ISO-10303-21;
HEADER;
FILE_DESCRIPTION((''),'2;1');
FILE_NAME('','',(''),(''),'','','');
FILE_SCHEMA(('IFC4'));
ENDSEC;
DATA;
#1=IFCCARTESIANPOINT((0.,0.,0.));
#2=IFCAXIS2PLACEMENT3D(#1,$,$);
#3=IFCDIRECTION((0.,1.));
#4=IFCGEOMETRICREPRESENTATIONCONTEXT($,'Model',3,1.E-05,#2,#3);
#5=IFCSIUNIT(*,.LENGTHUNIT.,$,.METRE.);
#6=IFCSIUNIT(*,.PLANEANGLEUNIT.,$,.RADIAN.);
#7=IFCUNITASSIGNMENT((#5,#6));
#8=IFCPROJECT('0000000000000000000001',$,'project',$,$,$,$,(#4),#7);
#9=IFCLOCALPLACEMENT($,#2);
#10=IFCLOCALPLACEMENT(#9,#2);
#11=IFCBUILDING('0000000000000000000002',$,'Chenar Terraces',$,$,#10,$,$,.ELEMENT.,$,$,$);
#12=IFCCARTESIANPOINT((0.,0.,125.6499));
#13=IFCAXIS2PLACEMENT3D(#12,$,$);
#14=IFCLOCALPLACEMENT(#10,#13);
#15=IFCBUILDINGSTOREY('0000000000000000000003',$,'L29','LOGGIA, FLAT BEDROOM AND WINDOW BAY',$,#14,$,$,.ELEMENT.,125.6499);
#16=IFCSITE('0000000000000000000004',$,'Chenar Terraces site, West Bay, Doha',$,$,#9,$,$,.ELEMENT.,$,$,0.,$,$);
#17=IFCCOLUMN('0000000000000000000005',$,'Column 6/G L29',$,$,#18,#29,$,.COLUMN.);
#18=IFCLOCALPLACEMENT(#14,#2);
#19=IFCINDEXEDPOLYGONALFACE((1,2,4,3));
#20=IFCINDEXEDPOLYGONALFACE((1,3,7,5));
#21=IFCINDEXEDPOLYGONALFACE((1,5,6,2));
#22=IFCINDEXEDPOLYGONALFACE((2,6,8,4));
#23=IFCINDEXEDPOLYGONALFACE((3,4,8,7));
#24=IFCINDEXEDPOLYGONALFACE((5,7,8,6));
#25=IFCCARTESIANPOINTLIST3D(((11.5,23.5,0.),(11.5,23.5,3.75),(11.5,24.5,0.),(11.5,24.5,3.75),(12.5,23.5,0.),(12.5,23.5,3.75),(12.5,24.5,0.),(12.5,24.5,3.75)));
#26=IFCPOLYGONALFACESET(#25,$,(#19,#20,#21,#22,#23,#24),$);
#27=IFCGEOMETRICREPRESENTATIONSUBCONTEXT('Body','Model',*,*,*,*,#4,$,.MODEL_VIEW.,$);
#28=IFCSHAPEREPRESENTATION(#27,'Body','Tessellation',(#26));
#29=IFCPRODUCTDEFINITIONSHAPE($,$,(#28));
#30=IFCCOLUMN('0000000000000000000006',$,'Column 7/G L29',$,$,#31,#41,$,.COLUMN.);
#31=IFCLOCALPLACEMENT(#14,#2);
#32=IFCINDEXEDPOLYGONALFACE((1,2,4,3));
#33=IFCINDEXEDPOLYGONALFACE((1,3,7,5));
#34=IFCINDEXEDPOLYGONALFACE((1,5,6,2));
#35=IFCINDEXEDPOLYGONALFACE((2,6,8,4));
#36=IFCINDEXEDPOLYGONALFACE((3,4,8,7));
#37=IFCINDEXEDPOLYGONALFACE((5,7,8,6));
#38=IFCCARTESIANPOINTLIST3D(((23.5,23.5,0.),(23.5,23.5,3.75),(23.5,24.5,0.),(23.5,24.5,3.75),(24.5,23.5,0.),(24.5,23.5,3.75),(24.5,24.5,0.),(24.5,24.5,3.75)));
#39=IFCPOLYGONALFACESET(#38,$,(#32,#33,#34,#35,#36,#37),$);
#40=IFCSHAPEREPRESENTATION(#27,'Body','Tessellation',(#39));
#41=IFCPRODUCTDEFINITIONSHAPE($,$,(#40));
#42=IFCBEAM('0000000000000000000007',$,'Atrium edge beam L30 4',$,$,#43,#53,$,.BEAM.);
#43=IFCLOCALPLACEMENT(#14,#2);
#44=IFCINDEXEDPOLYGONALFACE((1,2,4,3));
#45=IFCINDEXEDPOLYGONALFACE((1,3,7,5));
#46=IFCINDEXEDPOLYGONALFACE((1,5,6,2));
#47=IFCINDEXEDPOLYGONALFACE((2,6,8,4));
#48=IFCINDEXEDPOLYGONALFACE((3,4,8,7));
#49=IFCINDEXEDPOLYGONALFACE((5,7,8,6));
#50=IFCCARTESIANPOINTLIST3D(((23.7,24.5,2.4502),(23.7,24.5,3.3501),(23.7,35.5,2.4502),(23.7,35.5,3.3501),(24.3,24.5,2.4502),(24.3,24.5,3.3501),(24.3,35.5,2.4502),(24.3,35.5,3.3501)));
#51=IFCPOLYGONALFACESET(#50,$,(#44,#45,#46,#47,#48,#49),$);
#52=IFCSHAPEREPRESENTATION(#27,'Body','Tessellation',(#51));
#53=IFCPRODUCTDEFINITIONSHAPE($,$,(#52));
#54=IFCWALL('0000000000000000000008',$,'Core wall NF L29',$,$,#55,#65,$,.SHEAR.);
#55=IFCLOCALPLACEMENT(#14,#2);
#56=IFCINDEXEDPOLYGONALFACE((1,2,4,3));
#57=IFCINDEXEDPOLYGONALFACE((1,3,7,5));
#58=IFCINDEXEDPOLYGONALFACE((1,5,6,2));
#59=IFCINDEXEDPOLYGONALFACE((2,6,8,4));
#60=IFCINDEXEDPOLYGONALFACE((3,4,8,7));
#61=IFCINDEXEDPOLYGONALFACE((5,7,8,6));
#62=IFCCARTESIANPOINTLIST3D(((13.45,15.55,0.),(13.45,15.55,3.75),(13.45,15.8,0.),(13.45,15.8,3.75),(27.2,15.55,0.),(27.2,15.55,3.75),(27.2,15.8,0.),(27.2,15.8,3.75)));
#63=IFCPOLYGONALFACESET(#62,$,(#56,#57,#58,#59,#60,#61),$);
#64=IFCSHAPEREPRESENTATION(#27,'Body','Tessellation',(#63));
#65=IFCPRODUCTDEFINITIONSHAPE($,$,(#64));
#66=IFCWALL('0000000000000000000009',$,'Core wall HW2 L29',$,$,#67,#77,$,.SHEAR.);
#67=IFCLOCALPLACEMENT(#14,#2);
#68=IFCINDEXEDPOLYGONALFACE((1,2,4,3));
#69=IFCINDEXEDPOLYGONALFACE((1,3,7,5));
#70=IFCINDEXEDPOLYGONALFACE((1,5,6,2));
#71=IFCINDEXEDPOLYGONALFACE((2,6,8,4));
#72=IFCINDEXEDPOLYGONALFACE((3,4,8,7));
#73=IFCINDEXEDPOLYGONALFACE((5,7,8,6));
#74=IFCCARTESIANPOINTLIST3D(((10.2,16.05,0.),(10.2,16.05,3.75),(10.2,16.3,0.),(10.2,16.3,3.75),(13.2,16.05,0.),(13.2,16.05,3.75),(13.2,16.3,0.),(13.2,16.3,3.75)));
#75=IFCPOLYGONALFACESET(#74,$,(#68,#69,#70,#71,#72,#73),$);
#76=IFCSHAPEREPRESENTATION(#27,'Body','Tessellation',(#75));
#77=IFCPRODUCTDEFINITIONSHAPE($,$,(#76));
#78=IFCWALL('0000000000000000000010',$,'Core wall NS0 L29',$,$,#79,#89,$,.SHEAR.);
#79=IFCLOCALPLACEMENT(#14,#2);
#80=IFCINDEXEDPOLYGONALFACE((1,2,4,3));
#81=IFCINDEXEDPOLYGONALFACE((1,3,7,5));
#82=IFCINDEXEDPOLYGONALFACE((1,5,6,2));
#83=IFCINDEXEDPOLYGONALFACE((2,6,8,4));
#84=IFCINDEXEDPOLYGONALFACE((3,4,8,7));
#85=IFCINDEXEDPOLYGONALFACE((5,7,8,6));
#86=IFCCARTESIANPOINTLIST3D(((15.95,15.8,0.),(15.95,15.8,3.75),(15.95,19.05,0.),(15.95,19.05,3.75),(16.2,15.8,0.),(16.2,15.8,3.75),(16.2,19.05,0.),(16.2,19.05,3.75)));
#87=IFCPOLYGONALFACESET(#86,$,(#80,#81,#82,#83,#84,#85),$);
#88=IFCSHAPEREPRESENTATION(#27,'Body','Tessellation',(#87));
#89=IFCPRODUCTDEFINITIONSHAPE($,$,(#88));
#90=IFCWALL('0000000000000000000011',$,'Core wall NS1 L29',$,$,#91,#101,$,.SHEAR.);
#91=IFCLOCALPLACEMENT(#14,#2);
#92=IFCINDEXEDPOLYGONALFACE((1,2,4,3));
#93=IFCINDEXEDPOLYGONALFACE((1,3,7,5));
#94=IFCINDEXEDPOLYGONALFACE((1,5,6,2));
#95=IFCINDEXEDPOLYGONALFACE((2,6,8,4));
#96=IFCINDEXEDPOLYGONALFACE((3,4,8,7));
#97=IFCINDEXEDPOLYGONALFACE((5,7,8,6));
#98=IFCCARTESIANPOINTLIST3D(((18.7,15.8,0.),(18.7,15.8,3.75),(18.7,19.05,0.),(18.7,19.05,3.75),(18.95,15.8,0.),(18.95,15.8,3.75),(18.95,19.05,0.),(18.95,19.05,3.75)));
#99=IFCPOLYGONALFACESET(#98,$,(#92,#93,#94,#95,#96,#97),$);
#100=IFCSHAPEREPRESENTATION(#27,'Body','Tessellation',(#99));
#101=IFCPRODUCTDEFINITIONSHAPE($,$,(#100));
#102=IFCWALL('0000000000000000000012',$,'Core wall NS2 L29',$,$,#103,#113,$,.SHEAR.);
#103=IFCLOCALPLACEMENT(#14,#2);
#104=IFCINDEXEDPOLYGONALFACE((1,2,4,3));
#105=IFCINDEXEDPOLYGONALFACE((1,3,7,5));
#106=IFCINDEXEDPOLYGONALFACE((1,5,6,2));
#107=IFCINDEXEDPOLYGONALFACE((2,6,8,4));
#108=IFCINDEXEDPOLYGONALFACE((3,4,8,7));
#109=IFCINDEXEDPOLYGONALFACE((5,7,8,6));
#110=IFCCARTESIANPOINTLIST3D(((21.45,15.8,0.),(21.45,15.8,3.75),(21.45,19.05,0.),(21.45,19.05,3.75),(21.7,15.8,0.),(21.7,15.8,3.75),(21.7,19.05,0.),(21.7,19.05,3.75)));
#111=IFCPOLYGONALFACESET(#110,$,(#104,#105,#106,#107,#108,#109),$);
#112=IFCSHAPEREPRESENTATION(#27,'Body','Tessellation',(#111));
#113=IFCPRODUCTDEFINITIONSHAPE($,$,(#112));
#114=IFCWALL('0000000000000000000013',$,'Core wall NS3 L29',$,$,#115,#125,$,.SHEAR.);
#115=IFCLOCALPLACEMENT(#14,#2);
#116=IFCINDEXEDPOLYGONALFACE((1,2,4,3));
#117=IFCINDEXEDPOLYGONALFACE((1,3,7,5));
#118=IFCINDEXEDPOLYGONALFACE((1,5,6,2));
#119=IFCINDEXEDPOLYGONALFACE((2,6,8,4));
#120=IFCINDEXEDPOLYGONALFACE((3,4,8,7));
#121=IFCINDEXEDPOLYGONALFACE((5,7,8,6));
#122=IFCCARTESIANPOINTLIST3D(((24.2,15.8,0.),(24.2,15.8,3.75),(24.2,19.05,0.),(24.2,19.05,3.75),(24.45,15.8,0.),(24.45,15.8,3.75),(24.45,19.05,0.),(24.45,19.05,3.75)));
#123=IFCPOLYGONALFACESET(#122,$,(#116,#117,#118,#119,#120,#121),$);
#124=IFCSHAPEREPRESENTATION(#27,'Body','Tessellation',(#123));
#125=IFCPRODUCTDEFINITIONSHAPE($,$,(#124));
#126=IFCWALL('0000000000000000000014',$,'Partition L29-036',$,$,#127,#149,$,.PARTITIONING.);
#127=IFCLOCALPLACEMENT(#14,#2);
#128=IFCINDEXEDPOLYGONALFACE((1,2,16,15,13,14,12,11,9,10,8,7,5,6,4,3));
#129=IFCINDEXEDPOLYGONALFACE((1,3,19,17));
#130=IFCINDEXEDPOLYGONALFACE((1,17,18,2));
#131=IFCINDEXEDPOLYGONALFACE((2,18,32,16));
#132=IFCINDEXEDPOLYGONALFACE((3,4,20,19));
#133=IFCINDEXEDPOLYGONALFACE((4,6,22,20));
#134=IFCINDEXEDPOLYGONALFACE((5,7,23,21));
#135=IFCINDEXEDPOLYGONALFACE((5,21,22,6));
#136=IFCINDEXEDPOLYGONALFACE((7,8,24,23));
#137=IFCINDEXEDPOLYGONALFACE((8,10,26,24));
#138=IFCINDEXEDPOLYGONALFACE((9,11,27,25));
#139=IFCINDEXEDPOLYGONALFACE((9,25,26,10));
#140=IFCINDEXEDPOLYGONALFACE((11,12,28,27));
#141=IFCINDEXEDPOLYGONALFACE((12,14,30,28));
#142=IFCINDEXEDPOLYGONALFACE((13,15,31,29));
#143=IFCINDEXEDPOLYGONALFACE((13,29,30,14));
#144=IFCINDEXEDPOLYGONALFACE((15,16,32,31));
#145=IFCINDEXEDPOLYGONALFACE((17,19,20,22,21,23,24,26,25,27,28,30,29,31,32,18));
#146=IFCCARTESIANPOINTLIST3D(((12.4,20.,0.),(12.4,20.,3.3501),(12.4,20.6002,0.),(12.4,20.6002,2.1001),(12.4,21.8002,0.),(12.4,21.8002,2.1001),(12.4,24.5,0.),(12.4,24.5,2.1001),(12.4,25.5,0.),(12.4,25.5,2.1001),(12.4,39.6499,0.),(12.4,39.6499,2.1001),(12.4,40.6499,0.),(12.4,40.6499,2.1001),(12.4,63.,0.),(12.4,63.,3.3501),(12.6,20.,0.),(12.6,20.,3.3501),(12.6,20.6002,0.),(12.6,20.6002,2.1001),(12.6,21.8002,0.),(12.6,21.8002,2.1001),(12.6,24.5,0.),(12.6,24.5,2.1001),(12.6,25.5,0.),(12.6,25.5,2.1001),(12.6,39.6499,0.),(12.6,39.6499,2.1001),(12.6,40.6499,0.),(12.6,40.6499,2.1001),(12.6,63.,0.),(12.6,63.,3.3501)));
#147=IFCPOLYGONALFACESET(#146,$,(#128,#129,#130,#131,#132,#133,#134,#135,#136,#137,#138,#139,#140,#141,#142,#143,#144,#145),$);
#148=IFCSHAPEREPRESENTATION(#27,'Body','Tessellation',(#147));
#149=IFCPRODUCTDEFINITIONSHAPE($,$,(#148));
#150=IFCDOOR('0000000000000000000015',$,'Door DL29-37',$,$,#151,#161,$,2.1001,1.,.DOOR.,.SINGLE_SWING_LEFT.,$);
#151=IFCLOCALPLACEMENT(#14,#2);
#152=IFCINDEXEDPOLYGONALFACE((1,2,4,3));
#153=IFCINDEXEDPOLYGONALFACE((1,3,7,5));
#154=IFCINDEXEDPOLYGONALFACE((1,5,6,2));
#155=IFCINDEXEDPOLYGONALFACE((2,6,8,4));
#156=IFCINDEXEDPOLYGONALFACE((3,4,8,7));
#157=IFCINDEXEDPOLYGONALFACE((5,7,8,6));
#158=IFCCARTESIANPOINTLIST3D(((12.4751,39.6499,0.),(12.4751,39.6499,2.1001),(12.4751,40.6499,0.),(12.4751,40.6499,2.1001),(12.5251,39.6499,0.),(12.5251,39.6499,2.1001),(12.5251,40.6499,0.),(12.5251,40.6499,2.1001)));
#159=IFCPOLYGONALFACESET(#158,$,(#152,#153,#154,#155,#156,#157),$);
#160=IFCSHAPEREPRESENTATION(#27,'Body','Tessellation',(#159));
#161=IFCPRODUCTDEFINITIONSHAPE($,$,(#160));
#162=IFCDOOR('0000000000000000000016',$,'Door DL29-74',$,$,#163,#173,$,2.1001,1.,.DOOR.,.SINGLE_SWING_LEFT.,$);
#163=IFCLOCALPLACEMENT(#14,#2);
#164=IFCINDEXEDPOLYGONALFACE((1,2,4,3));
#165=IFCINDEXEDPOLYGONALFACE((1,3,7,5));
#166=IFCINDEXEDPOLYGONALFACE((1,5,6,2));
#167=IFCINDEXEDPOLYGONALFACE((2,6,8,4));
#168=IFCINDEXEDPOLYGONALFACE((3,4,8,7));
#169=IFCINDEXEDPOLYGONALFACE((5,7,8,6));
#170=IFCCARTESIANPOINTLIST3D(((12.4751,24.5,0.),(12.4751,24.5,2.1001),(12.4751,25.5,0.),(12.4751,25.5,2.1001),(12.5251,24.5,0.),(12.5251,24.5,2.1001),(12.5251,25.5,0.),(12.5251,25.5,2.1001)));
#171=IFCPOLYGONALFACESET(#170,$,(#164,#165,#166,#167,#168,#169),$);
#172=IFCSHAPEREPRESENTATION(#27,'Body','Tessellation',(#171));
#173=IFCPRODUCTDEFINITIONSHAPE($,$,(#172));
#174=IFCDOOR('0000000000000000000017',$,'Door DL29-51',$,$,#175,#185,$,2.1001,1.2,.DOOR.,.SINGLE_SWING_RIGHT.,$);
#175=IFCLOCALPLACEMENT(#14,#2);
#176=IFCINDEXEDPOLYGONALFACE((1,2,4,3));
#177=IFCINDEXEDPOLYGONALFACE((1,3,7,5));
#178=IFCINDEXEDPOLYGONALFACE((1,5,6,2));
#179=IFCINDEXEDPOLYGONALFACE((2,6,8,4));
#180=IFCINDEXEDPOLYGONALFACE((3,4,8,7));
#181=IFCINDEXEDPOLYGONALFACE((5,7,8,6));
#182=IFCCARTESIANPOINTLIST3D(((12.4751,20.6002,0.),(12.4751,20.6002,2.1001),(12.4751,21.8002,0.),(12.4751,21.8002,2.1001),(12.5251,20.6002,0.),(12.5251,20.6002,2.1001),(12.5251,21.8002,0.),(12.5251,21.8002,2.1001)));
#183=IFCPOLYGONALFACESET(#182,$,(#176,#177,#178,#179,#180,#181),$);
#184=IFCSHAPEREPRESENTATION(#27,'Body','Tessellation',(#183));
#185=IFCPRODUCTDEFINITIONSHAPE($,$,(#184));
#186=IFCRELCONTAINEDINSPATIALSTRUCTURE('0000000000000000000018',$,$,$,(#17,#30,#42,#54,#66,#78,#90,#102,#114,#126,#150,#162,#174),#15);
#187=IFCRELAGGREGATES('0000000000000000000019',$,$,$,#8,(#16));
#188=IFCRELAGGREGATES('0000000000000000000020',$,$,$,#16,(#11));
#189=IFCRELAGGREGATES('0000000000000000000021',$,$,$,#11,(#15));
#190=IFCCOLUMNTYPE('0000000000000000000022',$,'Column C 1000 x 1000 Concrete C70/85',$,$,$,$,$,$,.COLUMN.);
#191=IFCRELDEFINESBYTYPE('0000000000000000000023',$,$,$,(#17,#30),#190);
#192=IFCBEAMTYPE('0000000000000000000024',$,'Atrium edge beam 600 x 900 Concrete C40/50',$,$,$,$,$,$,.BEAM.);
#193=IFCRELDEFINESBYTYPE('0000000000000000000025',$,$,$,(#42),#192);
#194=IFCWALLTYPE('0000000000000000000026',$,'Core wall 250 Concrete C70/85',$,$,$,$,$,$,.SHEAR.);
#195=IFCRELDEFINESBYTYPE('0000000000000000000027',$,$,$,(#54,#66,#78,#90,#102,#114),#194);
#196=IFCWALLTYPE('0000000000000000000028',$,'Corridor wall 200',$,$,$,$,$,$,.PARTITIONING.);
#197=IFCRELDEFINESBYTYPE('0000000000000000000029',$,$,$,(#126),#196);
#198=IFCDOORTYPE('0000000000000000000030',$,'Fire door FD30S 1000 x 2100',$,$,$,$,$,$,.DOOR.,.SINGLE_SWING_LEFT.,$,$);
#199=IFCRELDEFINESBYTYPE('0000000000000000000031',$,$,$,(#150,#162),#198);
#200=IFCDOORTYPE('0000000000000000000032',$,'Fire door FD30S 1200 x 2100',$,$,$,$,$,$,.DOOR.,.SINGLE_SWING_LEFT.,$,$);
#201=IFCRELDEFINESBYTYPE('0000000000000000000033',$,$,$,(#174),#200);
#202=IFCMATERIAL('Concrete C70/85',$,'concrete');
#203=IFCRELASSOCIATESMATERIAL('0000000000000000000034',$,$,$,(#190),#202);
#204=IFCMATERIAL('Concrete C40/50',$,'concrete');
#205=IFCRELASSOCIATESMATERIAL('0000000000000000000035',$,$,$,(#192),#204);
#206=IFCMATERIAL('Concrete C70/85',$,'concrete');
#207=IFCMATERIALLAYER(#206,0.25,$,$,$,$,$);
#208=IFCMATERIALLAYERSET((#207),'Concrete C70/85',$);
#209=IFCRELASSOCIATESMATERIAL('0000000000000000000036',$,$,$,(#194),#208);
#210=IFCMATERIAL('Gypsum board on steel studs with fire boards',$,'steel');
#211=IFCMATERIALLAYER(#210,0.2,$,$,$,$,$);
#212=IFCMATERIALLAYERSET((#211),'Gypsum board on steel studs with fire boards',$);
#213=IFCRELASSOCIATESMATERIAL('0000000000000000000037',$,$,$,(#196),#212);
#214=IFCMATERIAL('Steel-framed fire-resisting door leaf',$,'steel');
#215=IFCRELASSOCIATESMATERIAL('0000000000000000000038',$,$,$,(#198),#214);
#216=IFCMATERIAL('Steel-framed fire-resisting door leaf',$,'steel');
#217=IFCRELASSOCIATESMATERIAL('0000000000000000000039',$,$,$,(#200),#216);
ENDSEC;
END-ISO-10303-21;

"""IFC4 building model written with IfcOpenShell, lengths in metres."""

from ifc_helpers import new_model, si_unit, direction, frame, frame_2d, origin, origin_2d, place, context, subcontext, project, spatial, rectangle, extrude, material, layer, layer_set, material_profile, profile_set, type_object, element, fill, save


model = new_model("IFC4")

# Units and contexts
model_context = context("Model", 3, precision=1e-05, world=origin(), true_north=direction((0.0, 1.0)))
body_context = subcontext(model_context, "Body", "Model", "MODEL_VIEW")
ifc_project = project(units=[si_unit("LENGTHUNIT", "METRE"), si_unit("PLANEANGLEUNIT", "RADIAN")], contexts=[model_context])

# Site, building, storey
site_placement = place(None, origin())
site = spatial("IfcSite", under=ifc_project, at=site_placement, Name="Chenar Terraces site, West Bay, Doha", CompositionType="ELEMENT", RefElevation=0.0)
building_placement = place(site_placement, origin())
building = spatial("IfcBuilding", under=site, at=building_placement, Name="Chenar Terraces", CompositionType="ELEMENT")
storey_placement = place(building_placement, frame((0.0, 0.0, 125.6499)))
storey = spatial("IfcBuildingStorey", under=building, at=storey_placement, Name="L29", Description="LOGGIA, FLAT BEDROOM AND WINDOW BAY", CompositionType="ELEMENT", Elevation=125.6499)

# Columns
ifc_material_1 = material(Name="Concrete C70/85", Category="concrete")
ifc_material_profile_1 = material_profile(ifc_material_1, rectangle(XDim=1.0, YDim=1.0, at=origin_2d()), Name="C 1000 x 1000")
ifc_profile_set_1 = profile_set([ifc_material_profile_1], Name="Concrete C70/85")
column_type = type_object("IfcColumnType", Name="Column C 1000 x 1000 Concrete C70/85", PredefinedType="COLUMN", material=ifc_profile_set_1)
for number, where, z_axis, x_axis, name in (
    (1, (12.0, 24.0, 0.0), (0.0, 0.0, 1.0), (1.0, 0.0, 0.0), "Column 6/G L29"),
    (2, (24.0, 24.0, 0.0), (0.0, 0.0, 1.0), (1.0, 0.0, 0.0), "Column 7/G L29"),
):
    element("IfcColumn", number, at=place(storey_placement, frame(where, z_axis=z_axis, x_axis=x_axis)), inside=storey, type_object=column_type, Name=name, PredefinedType="COLUMN", context=body_context, shape_type="SweptSolid", body=[
        extrude(rectangle(XDim=1.0, YDim=1.0, at=origin_2d()), origin(), (0.0, 0.0, 1.0), 3.75),
    ])

# Beam
ifc_material_2 = material(Name="Concrete C40/50", Category="concrete")
ifc_material_profile_2 = material_profile(ifc_material_2, rectangle(XDim=0.6001, YDim=0.8999, at=origin_2d()), Name="RC 600 x 900")
ifc_profile_set_2 = profile_set([ifc_material_profile_2], Name="Concrete C40/50")
beam_type = type_object("IfcBeamType", Name="Atrium edge beam 600 x 900 Concrete C40/50", PredefinedType="BEAM", material=ifc_profile_set_2)
beam_placement = place(storey_placement, frame((24.0, 35.5, 2.9001), z_axis=(0.0, -1.0, 0.0), x_axis=(1.0, 0.0, 0.0)))
element("IfcBeam", 3, at=beam_placement, inside=storey, type_object=beam_type, Name="Atrium edge beam L30 4", PredefinedType="BEAM", context=body_context, shape_type="SweptSolid", body=[
    extrude(rectangle(XDim=0.6001, YDim=0.8999, at=origin_2d()), origin(), (0.0, 0.0, 1.0), 11.0),
])

# Walls
ifc_material_3 = material(Name="Concrete C70/85", Category="concrete")
ifc_layer_1 = layer(ifc_material_3, 0.25)
ifc_layer_set_1 = layer_set([ifc_layer_1], Name="Concrete C70/85")
wall_type_1 = type_object("IfcWallType", Name="Core wall 250 Concrete C70/85", PredefinedType="SHEAR", material=ifc_layer_set_1)
wall_1_placement = place(storey_placement, frame((13.45, 15.675, 0.0), z_axis=(0.0, 0.0, 1.0), x_axis=(1.0, 0.0, 0.0)))
element("IfcWall", 4, at=wall_1_placement, inside=storey, type_object=wall_type_1, Name="Core wall NF L29", PredefinedType="SHEAR", context=body_context, shape_type="SweptSolid", body=[
    extrude(rectangle(XDim=13.75, YDim=0.25, at=frame_2d((6.875, 0.0))), origin(), (0.0, 0.0, 1.0), 3.75),
])
wall_2_placement = place(storey_placement, frame((10.2, 16.175, 0.0), z_axis=(0.0, 0.0, 1.0), x_axis=(1.0, 0.0, 0.0)))
element("IfcWall", 5, at=wall_2_placement, inside=storey, type_object=wall_type_1, Name="Core wall HW2 L29", PredefinedType="SHEAR", context=body_context, shape_type="SweptSolid", body=[
    extrude(rectangle(XDim=3.0, YDim=0.25, at=frame_2d((1.5, 0.0))), origin(), (0.0, 0.0, 1.0), 3.75),
])
for number, where, z_axis, x_axis, name in (
    (6, (16.075, 15.8, 0.0), (0.0, 0.0, 1.0), (0.0, 1.0, 0.0), "Core wall NS0 L29"),
    (7, (18.825, 15.8, 0.0), (0.0, 0.0, 1.0), (0.0, 1.0, 0.0), "Core wall NS1 L29"),
    (8, (21.575, 15.8, 0.0), (0.0, 0.0, 1.0), (0.0, 1.0, 0.0), "Core wall NS2 L29"),
    (9, (24.325, 15.8, 0.0), (0.0, 0.0, 1.0), (0.0, 1.0, 0.0), "Core wall NS3 L29"),
):
    element("IfcWall", number, at=place(storey_placement, frame(where, z_axis=z_axis, x_axis=x_axis)), inside=storey, type_object=wall_type_1, Name=name, PredefinedType="SHEAR", context=body_context, shape_type="SweptSolid", body=[
        extrude(rectangle(XDim=3.25, YDim=0.25, at=frame_2d((1.625, 0.0))), origin(), (0.0, 0.0, 1.0), 3.75),
    ])

# Wall, openings, doors
ifc_material_4 = material(Name="Gypsum board on steel studs with fire boards", Category="steel")
ifc_layer_2 = layer(ifc_material_4, 0.2)
ifc_layer_set_2 = layer_set([ifc_layer_2], Name="Gypsum board on steel studs with fire boards")
wall_type_2 = type_object("IfcWallType", Name="Corridor wall 200", PredefinedType="PARTITIONING", material=ifc_layer_set_2)
wall_3_placement = place(storey_placement, frame((12.5, 20.0, 0.0), z_axis=(0.0, 0.0, 1.0), x_axis=(0.0, 1.0, 0.0)))
wall_3 = element("IfcWall", 10, at=wall_3_placement, inside=storey, type_object=wall_type_2, Name="Partition L29-036", PredefinedType="PARTITIONING", context=body_context, shape_type="SweptSolid", body=[
    extrude(rectangle(XDim=43.0, YDim=0.2, at=frame_2d((21.5, 0.0))), origin(), (0.0, 0.0, 1.0), 3.3501),
])
opening_1_placement = place(wall_3_placement, frame((19.6499, 0.0, 0.0)))
opening_1 = element("IfcOpeningElement", 11, at=opening_1_placement, cuts=wall_3, PredefinedType="OPENING", context=body_context, shape_type="SweptSolid", body=[
    extrude(rectangle(XDim=1.0, YDim=2.1001, at=frame_2d((0.5, 1.05))), frame((0.0, 0.1099, 0.0), z_axis=(0.0, -1.0, 0.0), x_axis=(1.0, 0.0, 0.0)), (0.0, 0.0, 1.0), 0.22),
])
opening_2_placement = place(wall_3_placement, frame((0.6001, 0.0, 0.0)))
opening_2 = element("IfcOpeningElement", 12, at=opening_2_placement, cuts=wall_3, PredefinedType="OPENING", context=body_context, shape_type="SweptSolid", body=[
    extrude(rectangle(XDim=1.2, YDim=2.1001, at=frame_2d((0.6001, 1.05))), frame((0.0, 0.1099, 0.0), z_axis=(0.0, -1.0, 0.0), x_axis=(1.0, 0.0, 0.0)), (0.0, 0.0, 1.0), 0.22),
])
opening_3_placement = place(wall_3_placement, frame((4.5, 0.0, 0.0)))
opening_3 = element("IfcOpeningElement", 13, at=opening_3_placement, cuts=wall_3, PredefinedType="OPENING", context=body_context, shape_type="SweptSolid", body=[
    extrude(rectangle(XDim=1.0, YDim=2.1001, at=frame_2d((0.5, 1.05))), frame((0.0, 0.1099, 0.0), z_axis=(0.0, -1.0, 0.0), x_axis=(1.0, 0.0, 0.0)), (0.0, 0.0, 1.0), 0.22),
])
ifc_material_5 = material(Name="Steel-framed fire-resisting door leaf", Category="steel")
door_type_1 = type_object("IfcDoorType", Name="Fire door FD30S 1000 x 2100", OperationType="SINGLE_SWING_LEFT", PredefinedType="DOOR", material=ifc_material_5)
door_1_placement = place(opening_1_placement, origin())
door_1 = element("IfcDoor", 14, at=door_1_placement, inside=storey, type_object=door_type_1, Name="Door DL29-37", OperationType="SINGLE_SWING_LEFT", OverallHeight=2.1001, OverallWidth=1.0, PredefinedType="DOOR", context=body_context, shape_type="SweptSolid", body=[
    extrude(rectangle(XDim=1.0, YDim=2.1001, at=frame_2d((0.5, 1.05))), frame((0.0, 0.0249, 0.0), z_axis=(0.0, -1.0, 0.0), x_axis=(1.0, 0.0, 0.0)), (0.0, 0.0, 1.0), 0.05),
])
fill(opening_1, door_1)
door_2_placement = place(opening_3_placement, origin())
door_2 = element("IfcDoor", 15, at=door_2_placement, inside=storey, type_object=door_type_1, Name="Door DL29-74", OperationType="SINGLE_SWING_LEFT", OverallHeight=2.1001, OverallWidth=1.0, PredefinedType="DOOR", context=body_context, shape_type="SweptSolid", body=[
    extrude(rectangle(XDim=1.0, YDim=2.1001, at=frame_2d((0.5, 1.05))), frame((0.0, 0.0249, 0.0), z_axis=(0.0, -1.0, 0.0), x_axis=(1.0, 0.0, 0.0)), (0.0, 0.0, 1.0), 0.05),
])
fill(opening_3, door_2)
ifc_material_6 = material(Name="Steel-framed fire-resisting door leaf", Category="steel")
door_type_2 = type_object("IfcDoorType", Name="Fire door FD30S 1200 x 2100", OperationType="SINGLE_SWING_LEFT", PredefinedType="DOOR", material=ifc_material_6)
door_3_placement = place(opening_2_placement, origin())
door_3 = element("IfcDoor", 16, at=door_3_placement, inside=storey, type_object=door_type_2, Name="Door DL29-51", OperationType="SINGLE_SWING_RIGHT", OverallHeight=2.1001, OverallWidth=1.2, PredefinedType="DOOR", context=body_context, shape_type="SweptSolid", body=[
    extrude(rectangle(XDim=1.2, YDim=2.1001, at=frame_2d((0.6001, 1.05))), frame((0.0, 0.0249, 0.0), z_axis=(0.0, -1.0, 0.0), x_axis=(1.0, 0.0, 0.0)), (0.0, 0.0, 1.0), 0.05),
])
fill(opening_2, door_3)

save(model, "model.ifc")
